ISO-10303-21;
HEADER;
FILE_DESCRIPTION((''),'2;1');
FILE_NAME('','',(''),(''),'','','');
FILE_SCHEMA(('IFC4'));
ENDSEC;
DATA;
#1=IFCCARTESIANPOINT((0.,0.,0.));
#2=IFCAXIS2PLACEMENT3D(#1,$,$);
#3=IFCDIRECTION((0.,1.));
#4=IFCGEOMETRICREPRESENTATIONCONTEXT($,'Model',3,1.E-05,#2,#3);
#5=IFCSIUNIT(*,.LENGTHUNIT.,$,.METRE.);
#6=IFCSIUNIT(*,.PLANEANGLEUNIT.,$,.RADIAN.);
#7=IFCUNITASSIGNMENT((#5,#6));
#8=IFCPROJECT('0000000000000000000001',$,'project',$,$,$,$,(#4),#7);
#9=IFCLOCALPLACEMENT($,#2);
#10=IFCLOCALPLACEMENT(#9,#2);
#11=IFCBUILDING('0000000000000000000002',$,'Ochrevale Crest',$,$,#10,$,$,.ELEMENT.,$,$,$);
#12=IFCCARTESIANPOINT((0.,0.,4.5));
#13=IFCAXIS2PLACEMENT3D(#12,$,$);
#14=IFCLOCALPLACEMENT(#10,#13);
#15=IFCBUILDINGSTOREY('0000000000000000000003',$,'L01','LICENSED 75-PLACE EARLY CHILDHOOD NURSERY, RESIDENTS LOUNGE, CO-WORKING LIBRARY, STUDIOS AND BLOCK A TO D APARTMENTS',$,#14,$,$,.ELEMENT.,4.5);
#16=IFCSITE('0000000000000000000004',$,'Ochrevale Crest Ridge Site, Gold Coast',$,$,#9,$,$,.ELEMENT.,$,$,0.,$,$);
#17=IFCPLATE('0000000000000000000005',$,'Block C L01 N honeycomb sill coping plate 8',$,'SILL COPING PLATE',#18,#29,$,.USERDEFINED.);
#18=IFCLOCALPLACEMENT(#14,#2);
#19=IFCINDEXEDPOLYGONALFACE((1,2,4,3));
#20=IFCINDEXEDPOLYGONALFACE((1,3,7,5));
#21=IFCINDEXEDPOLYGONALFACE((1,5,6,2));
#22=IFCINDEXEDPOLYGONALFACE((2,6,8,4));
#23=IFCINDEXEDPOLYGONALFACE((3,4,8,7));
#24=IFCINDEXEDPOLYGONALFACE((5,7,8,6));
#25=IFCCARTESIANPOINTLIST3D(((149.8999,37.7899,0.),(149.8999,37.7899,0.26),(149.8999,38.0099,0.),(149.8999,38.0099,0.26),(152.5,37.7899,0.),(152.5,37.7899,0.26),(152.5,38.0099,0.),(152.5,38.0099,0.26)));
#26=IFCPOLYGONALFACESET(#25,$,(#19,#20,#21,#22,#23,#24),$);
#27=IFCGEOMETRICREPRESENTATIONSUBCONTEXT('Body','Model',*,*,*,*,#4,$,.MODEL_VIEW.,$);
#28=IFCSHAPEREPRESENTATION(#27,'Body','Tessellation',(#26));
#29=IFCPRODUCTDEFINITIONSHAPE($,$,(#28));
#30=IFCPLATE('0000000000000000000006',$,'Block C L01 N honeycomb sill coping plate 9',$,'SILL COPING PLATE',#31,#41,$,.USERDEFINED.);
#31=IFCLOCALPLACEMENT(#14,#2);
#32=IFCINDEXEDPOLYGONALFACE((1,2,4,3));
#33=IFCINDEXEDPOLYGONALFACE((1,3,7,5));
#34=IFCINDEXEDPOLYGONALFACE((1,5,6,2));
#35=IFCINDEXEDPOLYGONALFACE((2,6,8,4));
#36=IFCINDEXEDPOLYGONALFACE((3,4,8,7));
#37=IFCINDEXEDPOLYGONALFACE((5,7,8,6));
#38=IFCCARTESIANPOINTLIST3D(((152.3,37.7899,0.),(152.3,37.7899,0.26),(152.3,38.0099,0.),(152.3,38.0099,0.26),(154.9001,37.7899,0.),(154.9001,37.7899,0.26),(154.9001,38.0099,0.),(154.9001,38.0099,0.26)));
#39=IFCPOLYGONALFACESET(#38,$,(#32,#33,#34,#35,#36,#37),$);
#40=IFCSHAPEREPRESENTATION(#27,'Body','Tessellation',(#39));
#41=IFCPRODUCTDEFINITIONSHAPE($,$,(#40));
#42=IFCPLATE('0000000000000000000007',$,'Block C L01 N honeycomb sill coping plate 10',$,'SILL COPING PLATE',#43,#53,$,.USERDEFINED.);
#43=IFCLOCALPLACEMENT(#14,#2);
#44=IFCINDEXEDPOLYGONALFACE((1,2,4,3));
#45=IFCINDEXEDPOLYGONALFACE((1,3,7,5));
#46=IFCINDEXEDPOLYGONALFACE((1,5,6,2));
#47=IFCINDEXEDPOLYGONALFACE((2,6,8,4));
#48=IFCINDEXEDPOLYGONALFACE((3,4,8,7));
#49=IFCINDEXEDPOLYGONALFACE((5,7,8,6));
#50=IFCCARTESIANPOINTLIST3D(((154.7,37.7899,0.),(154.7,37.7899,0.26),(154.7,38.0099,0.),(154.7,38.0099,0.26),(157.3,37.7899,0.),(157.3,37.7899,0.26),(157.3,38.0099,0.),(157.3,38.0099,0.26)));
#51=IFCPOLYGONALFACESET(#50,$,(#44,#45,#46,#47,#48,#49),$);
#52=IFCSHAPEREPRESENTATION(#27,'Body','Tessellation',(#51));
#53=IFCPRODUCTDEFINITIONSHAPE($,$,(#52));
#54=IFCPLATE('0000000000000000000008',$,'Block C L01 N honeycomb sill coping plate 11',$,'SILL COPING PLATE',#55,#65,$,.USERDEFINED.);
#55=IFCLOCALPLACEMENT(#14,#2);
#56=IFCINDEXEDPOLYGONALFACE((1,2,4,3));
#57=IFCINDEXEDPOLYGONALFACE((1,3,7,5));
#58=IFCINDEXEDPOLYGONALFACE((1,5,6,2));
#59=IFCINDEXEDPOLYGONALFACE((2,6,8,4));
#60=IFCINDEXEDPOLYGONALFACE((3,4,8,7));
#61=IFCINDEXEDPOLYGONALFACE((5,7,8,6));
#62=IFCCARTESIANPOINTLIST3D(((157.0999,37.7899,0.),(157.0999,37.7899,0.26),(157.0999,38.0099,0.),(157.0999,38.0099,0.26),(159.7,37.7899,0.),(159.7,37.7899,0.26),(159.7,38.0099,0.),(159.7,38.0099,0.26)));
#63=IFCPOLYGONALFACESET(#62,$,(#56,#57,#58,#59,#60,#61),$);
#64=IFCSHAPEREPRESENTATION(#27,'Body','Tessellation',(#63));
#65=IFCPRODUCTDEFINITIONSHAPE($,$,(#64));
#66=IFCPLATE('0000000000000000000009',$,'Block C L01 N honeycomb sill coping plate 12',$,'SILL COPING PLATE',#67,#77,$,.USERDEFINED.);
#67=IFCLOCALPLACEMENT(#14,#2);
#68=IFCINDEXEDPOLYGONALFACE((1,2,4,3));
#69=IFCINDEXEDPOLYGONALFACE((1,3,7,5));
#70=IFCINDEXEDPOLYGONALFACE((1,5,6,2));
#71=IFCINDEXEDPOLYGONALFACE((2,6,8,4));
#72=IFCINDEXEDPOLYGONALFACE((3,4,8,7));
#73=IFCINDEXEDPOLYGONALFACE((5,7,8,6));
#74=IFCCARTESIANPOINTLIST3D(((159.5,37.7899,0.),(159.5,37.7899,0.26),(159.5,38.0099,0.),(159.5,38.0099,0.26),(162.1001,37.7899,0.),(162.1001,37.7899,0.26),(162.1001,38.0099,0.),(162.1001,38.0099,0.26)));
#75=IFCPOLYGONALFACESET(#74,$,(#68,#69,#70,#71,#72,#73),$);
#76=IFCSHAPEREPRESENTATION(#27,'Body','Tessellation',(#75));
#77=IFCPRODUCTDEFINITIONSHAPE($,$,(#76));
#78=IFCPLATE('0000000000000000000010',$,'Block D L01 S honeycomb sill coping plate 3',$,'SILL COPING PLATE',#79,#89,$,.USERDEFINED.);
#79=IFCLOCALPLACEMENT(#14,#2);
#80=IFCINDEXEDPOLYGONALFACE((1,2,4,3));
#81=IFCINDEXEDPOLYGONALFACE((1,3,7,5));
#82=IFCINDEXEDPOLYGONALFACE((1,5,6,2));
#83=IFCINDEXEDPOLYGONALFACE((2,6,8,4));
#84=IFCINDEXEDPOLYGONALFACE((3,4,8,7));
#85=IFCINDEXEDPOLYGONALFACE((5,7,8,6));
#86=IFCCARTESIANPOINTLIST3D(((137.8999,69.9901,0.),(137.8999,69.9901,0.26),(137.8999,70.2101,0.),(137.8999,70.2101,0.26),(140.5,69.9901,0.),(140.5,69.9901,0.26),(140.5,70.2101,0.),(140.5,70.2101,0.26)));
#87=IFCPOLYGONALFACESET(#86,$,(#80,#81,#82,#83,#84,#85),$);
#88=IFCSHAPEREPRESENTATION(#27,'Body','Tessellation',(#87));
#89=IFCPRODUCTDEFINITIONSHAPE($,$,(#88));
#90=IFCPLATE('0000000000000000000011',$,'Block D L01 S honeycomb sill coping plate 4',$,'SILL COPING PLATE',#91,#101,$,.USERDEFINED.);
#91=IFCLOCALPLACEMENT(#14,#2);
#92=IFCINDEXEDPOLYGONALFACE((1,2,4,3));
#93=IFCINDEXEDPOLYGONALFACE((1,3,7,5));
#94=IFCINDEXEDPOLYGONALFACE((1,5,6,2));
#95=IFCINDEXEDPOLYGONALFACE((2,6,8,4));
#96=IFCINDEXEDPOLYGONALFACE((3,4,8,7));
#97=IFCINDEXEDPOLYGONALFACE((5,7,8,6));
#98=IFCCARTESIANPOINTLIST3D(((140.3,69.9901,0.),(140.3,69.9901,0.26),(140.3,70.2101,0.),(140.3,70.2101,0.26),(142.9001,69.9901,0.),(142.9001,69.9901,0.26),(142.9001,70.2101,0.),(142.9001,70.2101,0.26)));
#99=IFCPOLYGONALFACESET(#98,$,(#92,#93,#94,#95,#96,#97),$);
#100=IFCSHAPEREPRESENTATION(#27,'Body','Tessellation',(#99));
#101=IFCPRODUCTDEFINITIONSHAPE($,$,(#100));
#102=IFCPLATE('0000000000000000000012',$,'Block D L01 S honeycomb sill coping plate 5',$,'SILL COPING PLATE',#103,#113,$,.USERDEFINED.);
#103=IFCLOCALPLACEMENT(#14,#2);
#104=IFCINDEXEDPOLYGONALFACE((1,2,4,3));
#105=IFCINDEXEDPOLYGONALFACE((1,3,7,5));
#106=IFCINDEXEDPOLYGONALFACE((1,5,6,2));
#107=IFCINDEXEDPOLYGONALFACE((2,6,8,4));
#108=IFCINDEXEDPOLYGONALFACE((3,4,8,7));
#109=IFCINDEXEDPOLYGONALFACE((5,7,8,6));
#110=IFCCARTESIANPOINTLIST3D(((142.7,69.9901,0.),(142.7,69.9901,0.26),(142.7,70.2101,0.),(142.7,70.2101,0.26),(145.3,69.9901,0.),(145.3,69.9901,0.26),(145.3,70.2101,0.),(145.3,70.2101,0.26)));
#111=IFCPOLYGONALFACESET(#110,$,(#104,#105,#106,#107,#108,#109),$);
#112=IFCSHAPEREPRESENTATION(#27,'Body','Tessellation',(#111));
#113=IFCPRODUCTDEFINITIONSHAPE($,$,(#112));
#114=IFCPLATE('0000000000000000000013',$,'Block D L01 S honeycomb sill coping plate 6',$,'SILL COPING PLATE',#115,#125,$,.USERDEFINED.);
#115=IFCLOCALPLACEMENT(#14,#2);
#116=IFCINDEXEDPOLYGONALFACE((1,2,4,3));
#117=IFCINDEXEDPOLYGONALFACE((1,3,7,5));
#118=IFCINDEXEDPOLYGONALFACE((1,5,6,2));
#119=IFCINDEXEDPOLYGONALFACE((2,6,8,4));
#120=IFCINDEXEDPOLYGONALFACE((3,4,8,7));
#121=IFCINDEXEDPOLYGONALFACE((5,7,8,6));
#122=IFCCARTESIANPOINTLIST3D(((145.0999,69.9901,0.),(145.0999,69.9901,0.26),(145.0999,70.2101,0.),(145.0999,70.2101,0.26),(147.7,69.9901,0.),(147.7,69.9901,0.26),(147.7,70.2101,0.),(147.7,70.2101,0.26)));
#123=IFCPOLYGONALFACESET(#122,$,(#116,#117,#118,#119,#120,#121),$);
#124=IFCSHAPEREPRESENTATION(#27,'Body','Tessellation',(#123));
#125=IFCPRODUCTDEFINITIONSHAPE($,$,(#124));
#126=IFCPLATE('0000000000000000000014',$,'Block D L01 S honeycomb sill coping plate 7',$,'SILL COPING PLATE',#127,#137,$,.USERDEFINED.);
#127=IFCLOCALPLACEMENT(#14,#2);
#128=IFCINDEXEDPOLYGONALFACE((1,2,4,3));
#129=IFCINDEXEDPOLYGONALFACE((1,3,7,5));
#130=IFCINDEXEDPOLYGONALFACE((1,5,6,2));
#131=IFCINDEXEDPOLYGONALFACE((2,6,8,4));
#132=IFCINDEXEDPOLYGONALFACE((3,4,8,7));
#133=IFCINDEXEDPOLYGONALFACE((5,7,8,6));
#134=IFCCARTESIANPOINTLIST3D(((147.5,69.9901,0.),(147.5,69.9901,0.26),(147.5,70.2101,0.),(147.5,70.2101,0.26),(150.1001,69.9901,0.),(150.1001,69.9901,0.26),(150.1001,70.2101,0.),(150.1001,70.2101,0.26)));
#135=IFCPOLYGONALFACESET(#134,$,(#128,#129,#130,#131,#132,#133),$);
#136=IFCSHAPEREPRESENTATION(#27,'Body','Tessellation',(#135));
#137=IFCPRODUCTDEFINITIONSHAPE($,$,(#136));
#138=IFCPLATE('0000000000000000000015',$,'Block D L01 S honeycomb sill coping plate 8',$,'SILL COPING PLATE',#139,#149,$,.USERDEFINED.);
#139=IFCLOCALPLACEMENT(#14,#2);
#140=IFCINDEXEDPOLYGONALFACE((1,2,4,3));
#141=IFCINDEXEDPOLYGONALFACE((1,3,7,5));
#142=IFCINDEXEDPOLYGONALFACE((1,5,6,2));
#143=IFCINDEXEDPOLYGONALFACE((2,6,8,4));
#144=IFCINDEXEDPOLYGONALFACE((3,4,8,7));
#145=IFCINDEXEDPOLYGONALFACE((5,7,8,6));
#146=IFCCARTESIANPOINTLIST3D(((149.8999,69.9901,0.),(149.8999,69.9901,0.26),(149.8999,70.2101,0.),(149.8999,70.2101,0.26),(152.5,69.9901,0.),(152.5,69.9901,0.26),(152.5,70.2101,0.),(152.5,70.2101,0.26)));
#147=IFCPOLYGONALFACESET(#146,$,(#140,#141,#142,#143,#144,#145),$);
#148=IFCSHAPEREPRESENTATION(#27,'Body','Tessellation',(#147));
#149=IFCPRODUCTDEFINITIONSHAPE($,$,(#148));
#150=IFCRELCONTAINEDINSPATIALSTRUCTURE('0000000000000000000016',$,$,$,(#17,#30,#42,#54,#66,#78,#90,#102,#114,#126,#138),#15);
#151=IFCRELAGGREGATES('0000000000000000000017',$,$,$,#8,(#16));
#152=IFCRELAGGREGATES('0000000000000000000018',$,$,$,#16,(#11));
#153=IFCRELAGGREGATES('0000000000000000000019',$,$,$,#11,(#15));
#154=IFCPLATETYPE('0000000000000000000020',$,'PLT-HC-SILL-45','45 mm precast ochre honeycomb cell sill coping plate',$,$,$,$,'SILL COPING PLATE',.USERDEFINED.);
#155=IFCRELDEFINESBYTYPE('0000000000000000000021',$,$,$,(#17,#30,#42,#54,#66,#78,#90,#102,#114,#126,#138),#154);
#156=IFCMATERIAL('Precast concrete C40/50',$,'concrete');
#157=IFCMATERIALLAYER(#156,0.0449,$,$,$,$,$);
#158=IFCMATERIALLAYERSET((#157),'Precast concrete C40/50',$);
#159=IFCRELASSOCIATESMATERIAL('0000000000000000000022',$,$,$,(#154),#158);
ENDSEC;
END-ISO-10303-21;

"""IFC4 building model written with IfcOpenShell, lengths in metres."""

from ifc_helpers import new_model, si_unit, direction, frame, origin, origin_2d, place, context, subcontext, project, spatial, rectangle, extrude, material, layer, layer_set, type_object, element, save


model = new_model("IFC4")

# Units and contexts
model_context = context("Model", 3, precision=1e-05, world=origin(), true_north=direction((0.0, 1.0)))
body_context = subcontext(model_context, "Body", "Model", "MODEL_VIEW")
ifc_project = project(units=[si_unit("LENGTHUNIT", "METRE"), si_unit("PLANEANGLEUNIT", "RADIAN")], contexts=[model_context])

# Site, building, storey
site_placement = place(None, origin())
site = spatial("IfcSite", under=ifc_project, at=site_placement, Name="Ochrevale Crest Ridge Site, Gold Coast", CompositionType="ELEMENT", RefElevation=0.0)
building_placement = place(site_placement, origin())
building = spatial("IfcBuilding", under=site, at=building_placement, Name="Ochrevale Crest", CompositionType="ELEMENT")
storey_placement = place(building_placement, frame((0.0, 0.0, 4.5)))
storey = spatial("IfcBuildingStorey", under=building, at=storey_placement, Name="L01", Description="LICENSED 75-PLACE EARLY CHILDHOOD NURSERY, RESIDENTS LOUNGE, CO-WORKING LIBRARY, STUDIOS AND BLOCK A TO D APARTMENTS", CompositionType="ELEMENT", Elevation=4.5)

# Plates
ifc_material = material(Name="Precast concrete C40/50", Category="concrete")
ifc_layer_1 = layer(ifc_material, 0.0449)
ifc_layer_set_1 = layer_set([ifc_layer_1], Name="Precast concrete C40/50")
plate_type_1 = type_object("IfcPlateType", Name="PLT-HC-SILL-45", Description="45 mm precast ochre honeycomb cell sill coping plate", ElementType="SILL COPING PLATE", PredefinedType="USERDEFINED", material=ifc_layer_set_1)
for number, where, z_axis, x_axis, name in (
    (1, (151.2, 37.8999, 0.0), (0.0, 0.0, 1.0), (1.0, 0.0, 0.0), "Block C L01 N honeycomb sill coping plate 8"),
    (2, (153.6001, 37.8999, 0.0), (0.0, 0.0, 1.0), (1.0, 0.0, 0.0), "Block C L01 N honeycomb sill coping plate 9"),
    (3, (156.0, 37.8999, 0.0), (0.0, 0.0, 1.0), (1.0, 0.0, 0.0), "Block C L01 N honeycomb sill coping plate 10"),
    (4, (158.3999, 37.8999, 0.0), (0.0, 0.0, 1.0), (1.0, 0.0, 0.0), "Block C L01 N honeycomb sill coping plate 11"),
    (5, (160.8, 37.8999, 0.0), (0.0, 0.0, 1.0), (1.0, 0.0, 0.0), "Block C L01 N honeycomb sill coping plate 12"),
    (6, (139.2, 70.1001, 0.0), (0.0, 0.0, 1.0), (1.0, 0.0, 0.0), "Block D L01 S honeycomb sill coping plate 3"),
    (7, (141.6001, 70.1001, 0.0), (0.0, 0.0, 1.0), (1.0, 0.0, 0.0), "Block D L01 S honeycomb sill coping plate 4"),
    (8, (144.0, 70.1001, 0.0), (0.0, 0.0, 1.0), (1.0, 0.0, 0.0), "Block D L01 S honeycomb sill coping plate 5"),
    (9, (146.3999, 70.1001, 0.0), (0.0, 0.0, 1.0), (1.0, 0.0, 0.0), "Block D L01 S honeycomb sill coping plate 6"),
    (10, (148.8, 70.1001, 0.0), (0.0, 0.0, 1.0), (1.0, 0.0, 0.0), "Block D L01 S honeycomb sill coping plate 7"),
    (11, (151.2, 70.1001, 0.0), (0.0, 0.0, 1.0), (1.0, 0.0, 0.0), "Block D L01 S honeycomb sill coping plate 8"),
):
    element("IfcPlate", number, at=place(storey_placement, frame(where, z_axis=z_axis, x_axis=x_axis)), inside=storey, type_object=plate_type_1, Name=name, ObjectType="SILL COPING PLATE", PredefinedType="USERDEFINED", context=body_context, shape_type="SweptSolid", body=[
        extrude(rectangle(XDim=2.6001, YDim=0.22, at=origin_2d()), origin(), (0.0, 0.0, 1.0), 0.26),
    ])

save(model, "model.ifc")
